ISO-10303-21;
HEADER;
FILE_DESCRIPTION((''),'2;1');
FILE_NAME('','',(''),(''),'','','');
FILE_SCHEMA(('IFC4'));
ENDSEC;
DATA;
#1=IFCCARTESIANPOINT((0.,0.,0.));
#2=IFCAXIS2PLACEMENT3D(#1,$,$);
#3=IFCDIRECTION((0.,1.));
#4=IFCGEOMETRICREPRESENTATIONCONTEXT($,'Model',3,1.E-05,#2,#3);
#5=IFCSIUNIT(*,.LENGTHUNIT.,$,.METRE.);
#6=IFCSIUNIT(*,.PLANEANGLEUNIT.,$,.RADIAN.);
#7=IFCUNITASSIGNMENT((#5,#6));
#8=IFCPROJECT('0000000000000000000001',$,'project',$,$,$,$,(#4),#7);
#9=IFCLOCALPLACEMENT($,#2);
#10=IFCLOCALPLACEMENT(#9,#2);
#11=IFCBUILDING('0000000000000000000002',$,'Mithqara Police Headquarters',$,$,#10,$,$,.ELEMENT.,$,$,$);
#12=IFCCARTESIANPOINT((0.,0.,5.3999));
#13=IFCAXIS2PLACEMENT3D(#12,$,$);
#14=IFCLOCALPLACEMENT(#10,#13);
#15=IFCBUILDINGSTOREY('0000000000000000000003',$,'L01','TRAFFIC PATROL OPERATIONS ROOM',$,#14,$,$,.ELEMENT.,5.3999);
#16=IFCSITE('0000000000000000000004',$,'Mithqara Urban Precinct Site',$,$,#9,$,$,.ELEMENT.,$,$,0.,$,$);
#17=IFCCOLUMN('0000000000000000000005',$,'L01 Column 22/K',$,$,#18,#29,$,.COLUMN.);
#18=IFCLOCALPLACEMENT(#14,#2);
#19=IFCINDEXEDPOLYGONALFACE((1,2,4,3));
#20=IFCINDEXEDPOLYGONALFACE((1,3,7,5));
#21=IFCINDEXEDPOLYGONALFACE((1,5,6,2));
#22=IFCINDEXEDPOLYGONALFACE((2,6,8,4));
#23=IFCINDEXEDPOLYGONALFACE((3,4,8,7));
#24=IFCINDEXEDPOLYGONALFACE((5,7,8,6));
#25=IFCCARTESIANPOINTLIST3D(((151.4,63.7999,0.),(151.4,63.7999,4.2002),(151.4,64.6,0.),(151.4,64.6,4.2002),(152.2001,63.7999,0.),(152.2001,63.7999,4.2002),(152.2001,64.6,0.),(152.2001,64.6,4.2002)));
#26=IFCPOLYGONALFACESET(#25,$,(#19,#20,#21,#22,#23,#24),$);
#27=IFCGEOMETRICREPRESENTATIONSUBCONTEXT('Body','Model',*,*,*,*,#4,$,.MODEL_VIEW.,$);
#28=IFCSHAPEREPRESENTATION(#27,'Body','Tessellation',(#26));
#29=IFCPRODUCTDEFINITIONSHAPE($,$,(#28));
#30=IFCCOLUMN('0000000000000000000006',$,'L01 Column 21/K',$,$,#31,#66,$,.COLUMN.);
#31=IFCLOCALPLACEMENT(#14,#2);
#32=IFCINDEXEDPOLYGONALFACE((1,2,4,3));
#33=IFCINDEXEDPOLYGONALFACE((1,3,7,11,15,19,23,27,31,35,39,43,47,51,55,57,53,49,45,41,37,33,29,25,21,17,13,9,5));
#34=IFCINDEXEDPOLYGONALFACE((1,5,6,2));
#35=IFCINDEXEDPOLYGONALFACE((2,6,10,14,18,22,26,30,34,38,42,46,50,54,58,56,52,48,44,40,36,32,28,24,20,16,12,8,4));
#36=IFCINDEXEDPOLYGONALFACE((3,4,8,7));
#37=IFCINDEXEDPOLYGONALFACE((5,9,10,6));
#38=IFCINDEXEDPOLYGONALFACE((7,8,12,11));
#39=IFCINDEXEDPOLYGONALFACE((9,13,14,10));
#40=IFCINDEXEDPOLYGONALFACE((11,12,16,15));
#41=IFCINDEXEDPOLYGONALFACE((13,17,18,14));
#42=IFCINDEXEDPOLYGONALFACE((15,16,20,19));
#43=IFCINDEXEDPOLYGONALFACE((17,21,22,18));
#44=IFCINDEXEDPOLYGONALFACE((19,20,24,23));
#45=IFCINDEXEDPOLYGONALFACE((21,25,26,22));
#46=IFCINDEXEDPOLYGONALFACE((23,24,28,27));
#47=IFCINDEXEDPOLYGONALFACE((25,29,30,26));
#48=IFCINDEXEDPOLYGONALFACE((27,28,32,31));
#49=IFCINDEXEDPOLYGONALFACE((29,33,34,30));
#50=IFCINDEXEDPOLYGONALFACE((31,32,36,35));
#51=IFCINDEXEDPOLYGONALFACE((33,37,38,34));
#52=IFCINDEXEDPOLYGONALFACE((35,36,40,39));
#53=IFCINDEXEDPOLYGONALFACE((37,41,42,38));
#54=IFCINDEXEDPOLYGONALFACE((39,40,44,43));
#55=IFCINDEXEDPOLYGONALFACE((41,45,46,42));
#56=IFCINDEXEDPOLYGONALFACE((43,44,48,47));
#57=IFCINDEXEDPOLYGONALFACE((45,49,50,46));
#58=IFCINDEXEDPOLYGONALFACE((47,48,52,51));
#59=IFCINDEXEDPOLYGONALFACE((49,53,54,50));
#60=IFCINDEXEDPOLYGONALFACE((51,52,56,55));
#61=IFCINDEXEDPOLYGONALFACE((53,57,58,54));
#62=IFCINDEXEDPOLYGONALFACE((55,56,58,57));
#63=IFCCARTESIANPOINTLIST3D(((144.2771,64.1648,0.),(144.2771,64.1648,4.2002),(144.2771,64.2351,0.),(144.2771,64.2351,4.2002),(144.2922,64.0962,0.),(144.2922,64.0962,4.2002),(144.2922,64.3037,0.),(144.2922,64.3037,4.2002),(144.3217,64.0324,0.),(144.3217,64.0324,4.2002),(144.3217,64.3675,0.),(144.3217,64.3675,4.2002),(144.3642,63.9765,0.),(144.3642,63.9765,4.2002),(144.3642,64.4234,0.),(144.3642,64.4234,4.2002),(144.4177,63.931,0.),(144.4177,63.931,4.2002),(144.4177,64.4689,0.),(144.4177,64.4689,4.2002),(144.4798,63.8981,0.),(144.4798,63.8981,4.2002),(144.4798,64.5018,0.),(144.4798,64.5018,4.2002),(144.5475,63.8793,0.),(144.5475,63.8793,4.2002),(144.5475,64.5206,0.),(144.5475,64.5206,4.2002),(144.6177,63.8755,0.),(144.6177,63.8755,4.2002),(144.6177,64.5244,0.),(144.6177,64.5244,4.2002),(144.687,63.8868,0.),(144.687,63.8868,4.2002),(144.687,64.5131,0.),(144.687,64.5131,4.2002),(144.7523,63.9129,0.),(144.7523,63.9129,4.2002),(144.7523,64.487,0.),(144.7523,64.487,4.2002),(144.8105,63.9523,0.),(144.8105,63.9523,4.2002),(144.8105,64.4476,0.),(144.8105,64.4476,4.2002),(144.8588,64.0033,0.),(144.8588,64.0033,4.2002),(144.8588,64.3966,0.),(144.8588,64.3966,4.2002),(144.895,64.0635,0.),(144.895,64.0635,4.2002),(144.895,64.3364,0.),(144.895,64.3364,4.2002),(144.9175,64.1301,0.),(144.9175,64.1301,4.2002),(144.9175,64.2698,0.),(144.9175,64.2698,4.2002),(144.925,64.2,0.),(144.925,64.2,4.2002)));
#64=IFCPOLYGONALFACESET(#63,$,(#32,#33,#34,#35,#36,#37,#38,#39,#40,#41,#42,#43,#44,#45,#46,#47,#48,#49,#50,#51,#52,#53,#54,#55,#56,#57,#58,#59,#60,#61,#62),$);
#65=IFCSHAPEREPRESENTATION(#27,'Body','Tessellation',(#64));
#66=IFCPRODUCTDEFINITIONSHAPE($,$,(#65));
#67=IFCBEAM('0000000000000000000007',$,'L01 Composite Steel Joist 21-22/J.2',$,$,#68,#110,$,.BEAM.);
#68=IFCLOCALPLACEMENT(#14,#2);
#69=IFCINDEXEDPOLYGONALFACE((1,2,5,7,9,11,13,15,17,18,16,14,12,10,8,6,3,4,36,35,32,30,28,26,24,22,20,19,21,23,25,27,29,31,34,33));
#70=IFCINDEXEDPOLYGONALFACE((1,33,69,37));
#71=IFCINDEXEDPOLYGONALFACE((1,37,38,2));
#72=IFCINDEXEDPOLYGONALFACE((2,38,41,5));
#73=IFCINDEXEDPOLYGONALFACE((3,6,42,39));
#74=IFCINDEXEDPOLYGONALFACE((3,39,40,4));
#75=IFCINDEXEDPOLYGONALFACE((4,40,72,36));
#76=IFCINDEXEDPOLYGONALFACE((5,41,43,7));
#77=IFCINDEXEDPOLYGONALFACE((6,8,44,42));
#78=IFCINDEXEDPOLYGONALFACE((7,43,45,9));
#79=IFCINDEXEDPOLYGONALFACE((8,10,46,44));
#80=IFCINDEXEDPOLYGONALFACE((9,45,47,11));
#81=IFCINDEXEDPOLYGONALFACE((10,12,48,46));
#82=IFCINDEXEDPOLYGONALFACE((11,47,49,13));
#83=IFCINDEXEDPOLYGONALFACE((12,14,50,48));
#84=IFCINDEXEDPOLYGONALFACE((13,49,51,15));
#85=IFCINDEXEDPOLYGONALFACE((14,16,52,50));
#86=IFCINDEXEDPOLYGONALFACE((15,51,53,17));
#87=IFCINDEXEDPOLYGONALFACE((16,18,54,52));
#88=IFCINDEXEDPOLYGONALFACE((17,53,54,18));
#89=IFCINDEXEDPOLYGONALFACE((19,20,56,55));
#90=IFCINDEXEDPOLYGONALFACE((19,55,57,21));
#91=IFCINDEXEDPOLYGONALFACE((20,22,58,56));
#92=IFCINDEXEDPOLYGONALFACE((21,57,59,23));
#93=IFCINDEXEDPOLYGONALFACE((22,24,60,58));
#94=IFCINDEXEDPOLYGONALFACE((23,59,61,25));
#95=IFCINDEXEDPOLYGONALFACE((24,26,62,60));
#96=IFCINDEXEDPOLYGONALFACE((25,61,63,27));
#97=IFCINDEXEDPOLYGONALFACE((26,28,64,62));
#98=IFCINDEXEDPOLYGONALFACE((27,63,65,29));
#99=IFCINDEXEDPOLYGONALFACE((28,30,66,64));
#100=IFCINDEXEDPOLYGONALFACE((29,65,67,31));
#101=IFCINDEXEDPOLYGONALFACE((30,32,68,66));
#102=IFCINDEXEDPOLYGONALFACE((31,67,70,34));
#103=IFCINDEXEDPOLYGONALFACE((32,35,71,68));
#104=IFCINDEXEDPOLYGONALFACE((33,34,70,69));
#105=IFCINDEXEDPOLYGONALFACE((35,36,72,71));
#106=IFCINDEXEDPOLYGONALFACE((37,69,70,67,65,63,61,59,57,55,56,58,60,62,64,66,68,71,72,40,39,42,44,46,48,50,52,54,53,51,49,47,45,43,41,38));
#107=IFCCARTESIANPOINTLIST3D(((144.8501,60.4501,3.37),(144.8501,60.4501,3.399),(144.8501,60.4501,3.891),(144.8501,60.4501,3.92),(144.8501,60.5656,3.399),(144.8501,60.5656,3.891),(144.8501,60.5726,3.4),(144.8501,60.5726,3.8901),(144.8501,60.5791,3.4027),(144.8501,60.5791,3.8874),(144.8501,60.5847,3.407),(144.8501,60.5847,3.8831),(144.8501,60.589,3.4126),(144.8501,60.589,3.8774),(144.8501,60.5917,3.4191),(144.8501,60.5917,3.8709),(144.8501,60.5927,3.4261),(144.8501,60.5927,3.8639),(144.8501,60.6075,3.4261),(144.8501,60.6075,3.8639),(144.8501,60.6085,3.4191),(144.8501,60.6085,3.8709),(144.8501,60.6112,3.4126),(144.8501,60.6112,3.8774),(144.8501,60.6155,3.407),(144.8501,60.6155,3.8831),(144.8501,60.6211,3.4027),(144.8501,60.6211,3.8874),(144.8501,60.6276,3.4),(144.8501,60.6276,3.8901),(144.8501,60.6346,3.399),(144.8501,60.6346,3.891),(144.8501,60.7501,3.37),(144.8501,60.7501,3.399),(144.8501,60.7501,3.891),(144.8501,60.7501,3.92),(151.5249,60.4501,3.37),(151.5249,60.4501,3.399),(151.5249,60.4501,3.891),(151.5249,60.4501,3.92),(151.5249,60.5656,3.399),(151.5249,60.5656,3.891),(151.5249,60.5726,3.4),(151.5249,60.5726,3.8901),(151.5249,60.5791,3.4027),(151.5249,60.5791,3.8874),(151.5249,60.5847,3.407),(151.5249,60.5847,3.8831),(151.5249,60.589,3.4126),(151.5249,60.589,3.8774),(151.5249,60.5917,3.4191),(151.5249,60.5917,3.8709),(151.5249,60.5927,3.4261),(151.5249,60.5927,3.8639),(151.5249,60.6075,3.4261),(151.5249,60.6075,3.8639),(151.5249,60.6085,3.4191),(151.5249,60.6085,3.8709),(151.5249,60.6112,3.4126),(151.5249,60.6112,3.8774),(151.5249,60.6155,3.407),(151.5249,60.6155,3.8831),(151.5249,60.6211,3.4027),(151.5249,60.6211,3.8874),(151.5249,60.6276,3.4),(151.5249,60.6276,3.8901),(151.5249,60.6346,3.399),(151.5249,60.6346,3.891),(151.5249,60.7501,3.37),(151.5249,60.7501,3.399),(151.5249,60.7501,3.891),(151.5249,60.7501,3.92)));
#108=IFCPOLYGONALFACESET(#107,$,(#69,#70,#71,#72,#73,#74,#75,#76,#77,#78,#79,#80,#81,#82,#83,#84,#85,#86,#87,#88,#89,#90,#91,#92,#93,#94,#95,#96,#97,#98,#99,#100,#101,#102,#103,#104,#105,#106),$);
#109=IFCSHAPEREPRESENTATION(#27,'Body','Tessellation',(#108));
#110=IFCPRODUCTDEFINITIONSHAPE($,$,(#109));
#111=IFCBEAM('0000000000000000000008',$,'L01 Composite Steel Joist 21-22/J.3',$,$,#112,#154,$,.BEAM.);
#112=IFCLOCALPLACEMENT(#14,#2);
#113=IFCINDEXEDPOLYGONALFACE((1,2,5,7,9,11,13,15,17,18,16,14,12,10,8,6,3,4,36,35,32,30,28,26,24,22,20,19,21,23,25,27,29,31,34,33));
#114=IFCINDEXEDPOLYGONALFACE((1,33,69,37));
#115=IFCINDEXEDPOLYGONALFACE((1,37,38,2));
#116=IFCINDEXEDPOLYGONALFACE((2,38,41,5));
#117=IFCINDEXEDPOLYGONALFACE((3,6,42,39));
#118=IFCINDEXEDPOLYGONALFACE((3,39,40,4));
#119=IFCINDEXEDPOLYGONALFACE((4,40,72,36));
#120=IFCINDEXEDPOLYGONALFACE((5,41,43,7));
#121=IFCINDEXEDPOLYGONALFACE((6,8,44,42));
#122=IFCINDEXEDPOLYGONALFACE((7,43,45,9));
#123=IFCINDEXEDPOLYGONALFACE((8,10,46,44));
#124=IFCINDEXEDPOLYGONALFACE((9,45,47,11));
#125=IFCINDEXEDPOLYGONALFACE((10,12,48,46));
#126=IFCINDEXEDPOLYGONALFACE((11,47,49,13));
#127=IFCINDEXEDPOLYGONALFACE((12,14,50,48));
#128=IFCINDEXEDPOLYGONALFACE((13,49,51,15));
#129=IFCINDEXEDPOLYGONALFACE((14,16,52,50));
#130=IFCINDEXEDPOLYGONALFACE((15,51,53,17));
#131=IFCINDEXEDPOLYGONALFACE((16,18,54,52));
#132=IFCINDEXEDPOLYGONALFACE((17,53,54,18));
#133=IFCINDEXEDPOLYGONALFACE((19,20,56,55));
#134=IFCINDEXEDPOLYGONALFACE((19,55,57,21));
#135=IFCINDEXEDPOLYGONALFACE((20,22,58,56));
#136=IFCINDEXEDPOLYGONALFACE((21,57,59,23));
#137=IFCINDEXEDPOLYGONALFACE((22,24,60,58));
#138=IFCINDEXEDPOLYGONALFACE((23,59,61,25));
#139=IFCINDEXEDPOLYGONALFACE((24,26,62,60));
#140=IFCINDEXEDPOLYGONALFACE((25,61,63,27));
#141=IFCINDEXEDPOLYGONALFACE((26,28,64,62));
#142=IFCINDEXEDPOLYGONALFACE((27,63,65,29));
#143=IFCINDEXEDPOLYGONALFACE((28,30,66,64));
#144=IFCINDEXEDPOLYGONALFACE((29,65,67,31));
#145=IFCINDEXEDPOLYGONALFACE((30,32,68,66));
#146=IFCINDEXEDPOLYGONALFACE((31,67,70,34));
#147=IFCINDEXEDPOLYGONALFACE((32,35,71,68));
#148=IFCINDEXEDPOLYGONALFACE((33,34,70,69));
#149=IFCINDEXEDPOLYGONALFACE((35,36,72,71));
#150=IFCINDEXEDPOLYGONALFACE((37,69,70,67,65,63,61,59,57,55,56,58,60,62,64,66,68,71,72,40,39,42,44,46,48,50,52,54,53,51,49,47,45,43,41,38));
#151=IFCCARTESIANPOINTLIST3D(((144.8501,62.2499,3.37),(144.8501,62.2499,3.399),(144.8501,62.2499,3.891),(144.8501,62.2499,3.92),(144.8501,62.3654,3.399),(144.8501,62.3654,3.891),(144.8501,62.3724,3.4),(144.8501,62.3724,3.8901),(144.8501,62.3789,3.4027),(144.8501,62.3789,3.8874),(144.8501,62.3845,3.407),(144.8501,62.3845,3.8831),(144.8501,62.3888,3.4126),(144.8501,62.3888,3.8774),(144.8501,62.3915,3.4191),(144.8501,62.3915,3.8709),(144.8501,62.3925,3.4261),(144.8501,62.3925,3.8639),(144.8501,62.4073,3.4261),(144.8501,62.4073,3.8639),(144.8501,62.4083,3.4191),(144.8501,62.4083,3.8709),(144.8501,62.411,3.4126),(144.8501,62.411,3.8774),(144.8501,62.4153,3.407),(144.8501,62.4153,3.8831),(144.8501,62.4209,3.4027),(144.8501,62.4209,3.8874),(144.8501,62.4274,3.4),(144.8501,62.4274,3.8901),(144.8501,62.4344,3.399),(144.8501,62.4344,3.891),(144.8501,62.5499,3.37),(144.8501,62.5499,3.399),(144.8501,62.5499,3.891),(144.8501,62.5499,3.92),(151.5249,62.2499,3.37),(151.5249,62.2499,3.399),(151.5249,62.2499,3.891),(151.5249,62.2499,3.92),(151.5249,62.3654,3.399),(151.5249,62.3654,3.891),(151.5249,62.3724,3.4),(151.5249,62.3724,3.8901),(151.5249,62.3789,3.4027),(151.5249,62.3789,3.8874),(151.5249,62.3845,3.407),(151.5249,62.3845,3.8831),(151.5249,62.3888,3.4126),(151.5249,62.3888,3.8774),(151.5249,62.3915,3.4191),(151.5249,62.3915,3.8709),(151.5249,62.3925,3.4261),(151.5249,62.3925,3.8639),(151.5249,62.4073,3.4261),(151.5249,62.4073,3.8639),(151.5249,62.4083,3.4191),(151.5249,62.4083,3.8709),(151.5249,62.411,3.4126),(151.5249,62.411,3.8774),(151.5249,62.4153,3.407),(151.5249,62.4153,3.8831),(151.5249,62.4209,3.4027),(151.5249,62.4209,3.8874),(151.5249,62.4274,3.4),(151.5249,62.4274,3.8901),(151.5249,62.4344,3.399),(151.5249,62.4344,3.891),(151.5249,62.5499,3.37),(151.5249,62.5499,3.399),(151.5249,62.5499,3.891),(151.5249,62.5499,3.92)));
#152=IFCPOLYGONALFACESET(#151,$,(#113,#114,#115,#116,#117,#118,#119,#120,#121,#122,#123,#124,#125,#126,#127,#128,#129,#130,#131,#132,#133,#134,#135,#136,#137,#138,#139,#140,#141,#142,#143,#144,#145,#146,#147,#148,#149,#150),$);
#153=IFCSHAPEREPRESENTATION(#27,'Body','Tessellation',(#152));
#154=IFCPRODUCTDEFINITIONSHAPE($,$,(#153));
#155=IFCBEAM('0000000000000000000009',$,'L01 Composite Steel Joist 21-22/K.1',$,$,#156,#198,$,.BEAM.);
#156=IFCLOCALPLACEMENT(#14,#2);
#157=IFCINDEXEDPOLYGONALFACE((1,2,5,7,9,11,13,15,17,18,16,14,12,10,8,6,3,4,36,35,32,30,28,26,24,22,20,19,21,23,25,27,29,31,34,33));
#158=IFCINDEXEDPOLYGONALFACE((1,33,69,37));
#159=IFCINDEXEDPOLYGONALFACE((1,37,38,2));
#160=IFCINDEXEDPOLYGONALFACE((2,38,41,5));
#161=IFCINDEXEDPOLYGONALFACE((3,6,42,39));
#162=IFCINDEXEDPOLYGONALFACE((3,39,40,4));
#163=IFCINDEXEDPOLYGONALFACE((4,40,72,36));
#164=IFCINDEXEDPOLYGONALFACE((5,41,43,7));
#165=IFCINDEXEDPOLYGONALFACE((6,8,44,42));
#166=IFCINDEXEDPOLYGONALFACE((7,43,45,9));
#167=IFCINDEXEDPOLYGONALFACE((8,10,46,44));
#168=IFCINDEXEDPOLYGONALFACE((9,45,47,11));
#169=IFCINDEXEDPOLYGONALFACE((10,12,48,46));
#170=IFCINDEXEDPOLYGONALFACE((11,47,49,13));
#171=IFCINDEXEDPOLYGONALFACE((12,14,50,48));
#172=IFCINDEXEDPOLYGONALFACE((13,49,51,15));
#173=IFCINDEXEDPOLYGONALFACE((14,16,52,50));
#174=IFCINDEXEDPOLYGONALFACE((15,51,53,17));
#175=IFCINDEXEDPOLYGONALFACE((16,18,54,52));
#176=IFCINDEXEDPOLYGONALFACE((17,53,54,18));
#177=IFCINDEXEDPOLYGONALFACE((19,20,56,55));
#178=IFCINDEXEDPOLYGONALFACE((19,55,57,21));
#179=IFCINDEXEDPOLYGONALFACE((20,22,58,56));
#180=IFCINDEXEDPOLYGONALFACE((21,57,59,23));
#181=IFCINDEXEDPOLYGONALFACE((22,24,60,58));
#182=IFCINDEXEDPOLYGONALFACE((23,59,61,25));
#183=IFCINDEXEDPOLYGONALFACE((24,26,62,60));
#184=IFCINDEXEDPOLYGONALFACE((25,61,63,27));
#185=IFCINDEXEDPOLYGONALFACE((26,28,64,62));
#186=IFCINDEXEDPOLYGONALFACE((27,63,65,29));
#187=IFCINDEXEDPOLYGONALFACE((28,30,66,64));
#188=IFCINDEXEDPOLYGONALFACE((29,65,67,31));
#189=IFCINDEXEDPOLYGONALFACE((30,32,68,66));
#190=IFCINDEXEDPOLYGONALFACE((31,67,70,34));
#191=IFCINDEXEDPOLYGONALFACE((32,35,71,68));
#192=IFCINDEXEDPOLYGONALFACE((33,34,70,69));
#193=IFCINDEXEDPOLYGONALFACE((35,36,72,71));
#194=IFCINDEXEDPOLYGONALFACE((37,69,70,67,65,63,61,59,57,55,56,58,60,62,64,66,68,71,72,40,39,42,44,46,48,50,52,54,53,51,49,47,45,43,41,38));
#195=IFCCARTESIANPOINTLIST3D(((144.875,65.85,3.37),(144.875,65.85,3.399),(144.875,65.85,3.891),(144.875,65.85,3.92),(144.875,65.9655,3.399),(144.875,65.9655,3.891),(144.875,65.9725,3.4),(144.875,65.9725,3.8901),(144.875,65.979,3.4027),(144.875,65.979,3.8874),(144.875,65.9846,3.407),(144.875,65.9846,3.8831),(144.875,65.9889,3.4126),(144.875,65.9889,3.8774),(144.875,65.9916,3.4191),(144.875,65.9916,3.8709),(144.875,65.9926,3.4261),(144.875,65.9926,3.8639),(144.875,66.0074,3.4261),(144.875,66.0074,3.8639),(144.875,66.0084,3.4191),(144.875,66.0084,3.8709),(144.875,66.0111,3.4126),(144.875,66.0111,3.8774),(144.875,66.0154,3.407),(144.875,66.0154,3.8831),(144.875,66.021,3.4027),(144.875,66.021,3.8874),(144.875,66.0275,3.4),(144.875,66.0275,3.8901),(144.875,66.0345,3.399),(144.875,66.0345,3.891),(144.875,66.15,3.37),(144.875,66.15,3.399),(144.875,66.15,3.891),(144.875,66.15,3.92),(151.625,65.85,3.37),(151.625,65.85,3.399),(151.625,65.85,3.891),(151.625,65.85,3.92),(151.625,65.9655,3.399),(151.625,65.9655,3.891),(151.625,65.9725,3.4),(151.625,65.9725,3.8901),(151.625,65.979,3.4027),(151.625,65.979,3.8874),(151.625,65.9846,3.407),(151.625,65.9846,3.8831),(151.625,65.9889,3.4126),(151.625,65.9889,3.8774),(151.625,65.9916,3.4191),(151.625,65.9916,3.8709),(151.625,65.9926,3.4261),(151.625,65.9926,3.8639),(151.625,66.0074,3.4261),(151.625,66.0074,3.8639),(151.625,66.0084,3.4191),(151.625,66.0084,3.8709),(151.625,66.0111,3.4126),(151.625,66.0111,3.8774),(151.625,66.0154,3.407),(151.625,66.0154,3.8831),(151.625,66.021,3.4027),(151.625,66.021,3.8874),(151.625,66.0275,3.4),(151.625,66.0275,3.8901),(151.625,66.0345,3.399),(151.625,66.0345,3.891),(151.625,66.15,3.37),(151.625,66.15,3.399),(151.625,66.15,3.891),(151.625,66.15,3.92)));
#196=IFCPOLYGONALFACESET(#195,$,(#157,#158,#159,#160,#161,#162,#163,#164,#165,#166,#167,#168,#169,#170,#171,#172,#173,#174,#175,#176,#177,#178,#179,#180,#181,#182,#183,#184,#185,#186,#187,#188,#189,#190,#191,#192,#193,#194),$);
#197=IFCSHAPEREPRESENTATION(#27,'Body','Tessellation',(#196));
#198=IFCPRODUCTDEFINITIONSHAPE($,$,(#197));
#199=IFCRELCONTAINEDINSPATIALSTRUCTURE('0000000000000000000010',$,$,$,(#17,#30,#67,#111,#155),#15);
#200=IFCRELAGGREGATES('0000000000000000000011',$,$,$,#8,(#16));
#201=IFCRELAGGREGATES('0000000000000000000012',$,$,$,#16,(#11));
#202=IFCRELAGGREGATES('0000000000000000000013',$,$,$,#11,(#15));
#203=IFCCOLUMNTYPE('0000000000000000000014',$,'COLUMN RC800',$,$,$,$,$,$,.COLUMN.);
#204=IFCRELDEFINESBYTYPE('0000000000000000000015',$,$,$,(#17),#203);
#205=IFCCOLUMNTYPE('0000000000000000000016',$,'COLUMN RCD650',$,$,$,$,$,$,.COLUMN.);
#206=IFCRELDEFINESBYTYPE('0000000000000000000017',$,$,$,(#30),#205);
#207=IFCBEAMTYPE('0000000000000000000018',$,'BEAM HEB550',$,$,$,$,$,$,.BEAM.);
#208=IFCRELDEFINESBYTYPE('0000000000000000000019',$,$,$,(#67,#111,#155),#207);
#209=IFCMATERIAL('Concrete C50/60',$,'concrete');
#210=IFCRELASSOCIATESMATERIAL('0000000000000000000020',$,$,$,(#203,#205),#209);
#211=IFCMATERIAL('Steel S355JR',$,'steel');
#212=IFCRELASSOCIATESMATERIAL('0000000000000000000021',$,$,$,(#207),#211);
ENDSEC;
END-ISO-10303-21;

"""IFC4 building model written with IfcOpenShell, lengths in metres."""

from ifc_helpers import new_model, si_unit, direction, frame, origin, origin_2d, place, context, subcontext, project, spatial, rectangle, circle, i_section, extrude, material, material_profile, profile_set, type_object, element, save


model = new_model("IFC4")

# Units and contexts
model_context = context("Model", 3, precision=1e-05, world=origin(), true_north=direction((0.0, 1.0)))
body_context = subcontext(model_context, "Body", "Model", "MODEL_VIEW")
ifc_project = project(units=[si_unit("LENGTHUNIT", "METRE"), si_unit("PLANEANGLEUNIT", "RADIAN")], contexts=[model_context])

# Site, building, storey
site_placement = place(None, origin())
site = spatial("IfcSite", under=ifc_project, at=site_placement, Name="Mithqara Urban Precinct Site", CompositionType="ELEMENT", RefElevation=0.0)
building_placement = place(site_placement, origin())
building = spatial("IfcBuilding", under=site, at=building_placement, Name="Mithqara Police Headquarters", CompositionType="ELEMENT")
storey_placement = place(building_placement, frame((0.0, 0.0, 5.3999)))
storey = spatial("IfcBuildingStorey", under=building, at=storey_placement, Name="L01", Description="TRAFFIC PATROL OPERATIONS ROOM", CompositionType="ELEMENT", Elevation=5.3999)

# Columns
ifc_material_1 = material(Name="Concrete C50/60", Category="concrete")
ifc_material_profile_1 = material_profile(ifc_material_1, rectangle(XDim=0.8, YDim=0.8, at=origin_2d()), Name="RC 800x800")
ifc_profile_set_1 = profile_set([ifc_material_profile_1], Name="Concrete C50/60")
column_type_1 = type_object("IfcColumnType", Name="COLUMN RC800", PredefinedType="COLUMN", material=ifc_profile_set_1)
column_1_placement = place(storey_placement, frame((151.8, 64.2, 0.0), z_axis=(0.0, 0.0, 1.0), x_axis=(1.0, 0.0, 0.0)))
element("IfcColumn", 1, at=column_1_placement, inside=storey, type_object=column_type_1, Name="L01 Column 22/K", PredefinedType="COLUMN", context=body_context, shape_type="SweptSolid", body=[
    extrude(rectangle(XDim=0.8, YDim=0.8, at=origin_2d()), origin(), (0.0, 0.0, 1.0), 4.2002),
])
ifc_material_profile_2 = material_profile(ifc_material_1, circle(Radius=0.325, at=origin_2d()), Name="RCD 650")
ifc_profile_set_2 = profile_set([ifc_material_profile_2], Name="Concrete C50/60")
column_type_2 = type_object("IfcColumnType", Name="COLUMN RCD650", PredefinedType="COLUMN", material=ifc_profile_set_2)
column_2_placement = place(storey_placement, frame((144.6001, 64.2, 0.0), z_axis=(0.0, 0.0, 1.0), x_axis=(1.0, 0.0, 0.0)))
element("IfcColumn", 2, at=column_2_placement, inside=storey, type_object=column_type_2, Name="L01 Column 21/K", PredefinedType="COLUMN", context=body_context, shape_type="SweptSolid", body=[
    extrude(circle(Radius=0.325, at=origin_2d()), origin(), (0.0, 0.0, 1.0), 4.2002),
])

# Beams
ifc_material_2 = material(Name="Steel S355JR", Category="steel")
ifc_material_profile_3 = material_profile(ifc_material_2, i_section(OverallWidth=0.3, OverallDepth=0.55, WebThickness=0.0149, FlangeThickness=0.0291, FilletRadius=0.0271, at=origin_2d()), Name="HEB 550")
ifc_profile_set_3 = profile_set([ifc_material_profile_3], Name="Steel S355JR")
beam_type_1 = type_object("IfcBeamType", Name="BEAM HEB550", PredefinedType="BEAM", material=ifc_profile_set_3)
for number, where, z_axis, x_axis, name in (
    (3, (144.8501, 60.6001, 3.645), (1.0, 0.0, 0.0), (0.0, 1.0, 0.0), "L01 Composite Steel Joist 21-22/J.2"),
    (4, (144.8501, 62.3999, 3.645), (1.0, 0.0, 0.0), (0.0, 1.0, 0.0), "L01 Composite Steel Joist 21-22/J.3"),
):
    element("IfcBeam", number, at=place(storey_placement, frame(where, z_axis=z_axis, x_axis=x_axis)), inside=storey, type_object=beam_type_1, Name=name, PredefinedType="BEAM", context=body_context, shape_type="SweptSolid", body=[
        extrude(i_section(OverallWidth=0.3, OverallDepth=0.55, WebThickness=0.0149, FlangeThickness=0.0291, FilletRadius=0.0271, at=origin_2d()), origin(), (0.0, 0.0, 1.0), 6.6748),
    ])
for number, where, z_axis, x_axis, name in (
    (5, (144.875, 66.0, 3.645), (1.0, 0.0, 0.0), (0.0, 1.0, 0.0), "L01 Composite Steel Joist 21-22/K.1"),
):
    element("IfcBeam", number, at=place(storey_placement, frame(where, z_axis=z_axis, x_axis=x_axis)), inside=storey, type_object=beam_type_1, Name=name, PredefinedType="BEAM", context=body_context, shape_type="SweptSolid", body=[
        extrude(i_section(OverallWidth=0.3, OverallDepth=0.55, WebThickness=0.0149, FlangeThickness=0.0291, FilletRadius=0.0271, at=origin_2d()), origin(), (0.0, 0.0, 1.0), 6.75),
    ])

save(model, "model.ifc")
